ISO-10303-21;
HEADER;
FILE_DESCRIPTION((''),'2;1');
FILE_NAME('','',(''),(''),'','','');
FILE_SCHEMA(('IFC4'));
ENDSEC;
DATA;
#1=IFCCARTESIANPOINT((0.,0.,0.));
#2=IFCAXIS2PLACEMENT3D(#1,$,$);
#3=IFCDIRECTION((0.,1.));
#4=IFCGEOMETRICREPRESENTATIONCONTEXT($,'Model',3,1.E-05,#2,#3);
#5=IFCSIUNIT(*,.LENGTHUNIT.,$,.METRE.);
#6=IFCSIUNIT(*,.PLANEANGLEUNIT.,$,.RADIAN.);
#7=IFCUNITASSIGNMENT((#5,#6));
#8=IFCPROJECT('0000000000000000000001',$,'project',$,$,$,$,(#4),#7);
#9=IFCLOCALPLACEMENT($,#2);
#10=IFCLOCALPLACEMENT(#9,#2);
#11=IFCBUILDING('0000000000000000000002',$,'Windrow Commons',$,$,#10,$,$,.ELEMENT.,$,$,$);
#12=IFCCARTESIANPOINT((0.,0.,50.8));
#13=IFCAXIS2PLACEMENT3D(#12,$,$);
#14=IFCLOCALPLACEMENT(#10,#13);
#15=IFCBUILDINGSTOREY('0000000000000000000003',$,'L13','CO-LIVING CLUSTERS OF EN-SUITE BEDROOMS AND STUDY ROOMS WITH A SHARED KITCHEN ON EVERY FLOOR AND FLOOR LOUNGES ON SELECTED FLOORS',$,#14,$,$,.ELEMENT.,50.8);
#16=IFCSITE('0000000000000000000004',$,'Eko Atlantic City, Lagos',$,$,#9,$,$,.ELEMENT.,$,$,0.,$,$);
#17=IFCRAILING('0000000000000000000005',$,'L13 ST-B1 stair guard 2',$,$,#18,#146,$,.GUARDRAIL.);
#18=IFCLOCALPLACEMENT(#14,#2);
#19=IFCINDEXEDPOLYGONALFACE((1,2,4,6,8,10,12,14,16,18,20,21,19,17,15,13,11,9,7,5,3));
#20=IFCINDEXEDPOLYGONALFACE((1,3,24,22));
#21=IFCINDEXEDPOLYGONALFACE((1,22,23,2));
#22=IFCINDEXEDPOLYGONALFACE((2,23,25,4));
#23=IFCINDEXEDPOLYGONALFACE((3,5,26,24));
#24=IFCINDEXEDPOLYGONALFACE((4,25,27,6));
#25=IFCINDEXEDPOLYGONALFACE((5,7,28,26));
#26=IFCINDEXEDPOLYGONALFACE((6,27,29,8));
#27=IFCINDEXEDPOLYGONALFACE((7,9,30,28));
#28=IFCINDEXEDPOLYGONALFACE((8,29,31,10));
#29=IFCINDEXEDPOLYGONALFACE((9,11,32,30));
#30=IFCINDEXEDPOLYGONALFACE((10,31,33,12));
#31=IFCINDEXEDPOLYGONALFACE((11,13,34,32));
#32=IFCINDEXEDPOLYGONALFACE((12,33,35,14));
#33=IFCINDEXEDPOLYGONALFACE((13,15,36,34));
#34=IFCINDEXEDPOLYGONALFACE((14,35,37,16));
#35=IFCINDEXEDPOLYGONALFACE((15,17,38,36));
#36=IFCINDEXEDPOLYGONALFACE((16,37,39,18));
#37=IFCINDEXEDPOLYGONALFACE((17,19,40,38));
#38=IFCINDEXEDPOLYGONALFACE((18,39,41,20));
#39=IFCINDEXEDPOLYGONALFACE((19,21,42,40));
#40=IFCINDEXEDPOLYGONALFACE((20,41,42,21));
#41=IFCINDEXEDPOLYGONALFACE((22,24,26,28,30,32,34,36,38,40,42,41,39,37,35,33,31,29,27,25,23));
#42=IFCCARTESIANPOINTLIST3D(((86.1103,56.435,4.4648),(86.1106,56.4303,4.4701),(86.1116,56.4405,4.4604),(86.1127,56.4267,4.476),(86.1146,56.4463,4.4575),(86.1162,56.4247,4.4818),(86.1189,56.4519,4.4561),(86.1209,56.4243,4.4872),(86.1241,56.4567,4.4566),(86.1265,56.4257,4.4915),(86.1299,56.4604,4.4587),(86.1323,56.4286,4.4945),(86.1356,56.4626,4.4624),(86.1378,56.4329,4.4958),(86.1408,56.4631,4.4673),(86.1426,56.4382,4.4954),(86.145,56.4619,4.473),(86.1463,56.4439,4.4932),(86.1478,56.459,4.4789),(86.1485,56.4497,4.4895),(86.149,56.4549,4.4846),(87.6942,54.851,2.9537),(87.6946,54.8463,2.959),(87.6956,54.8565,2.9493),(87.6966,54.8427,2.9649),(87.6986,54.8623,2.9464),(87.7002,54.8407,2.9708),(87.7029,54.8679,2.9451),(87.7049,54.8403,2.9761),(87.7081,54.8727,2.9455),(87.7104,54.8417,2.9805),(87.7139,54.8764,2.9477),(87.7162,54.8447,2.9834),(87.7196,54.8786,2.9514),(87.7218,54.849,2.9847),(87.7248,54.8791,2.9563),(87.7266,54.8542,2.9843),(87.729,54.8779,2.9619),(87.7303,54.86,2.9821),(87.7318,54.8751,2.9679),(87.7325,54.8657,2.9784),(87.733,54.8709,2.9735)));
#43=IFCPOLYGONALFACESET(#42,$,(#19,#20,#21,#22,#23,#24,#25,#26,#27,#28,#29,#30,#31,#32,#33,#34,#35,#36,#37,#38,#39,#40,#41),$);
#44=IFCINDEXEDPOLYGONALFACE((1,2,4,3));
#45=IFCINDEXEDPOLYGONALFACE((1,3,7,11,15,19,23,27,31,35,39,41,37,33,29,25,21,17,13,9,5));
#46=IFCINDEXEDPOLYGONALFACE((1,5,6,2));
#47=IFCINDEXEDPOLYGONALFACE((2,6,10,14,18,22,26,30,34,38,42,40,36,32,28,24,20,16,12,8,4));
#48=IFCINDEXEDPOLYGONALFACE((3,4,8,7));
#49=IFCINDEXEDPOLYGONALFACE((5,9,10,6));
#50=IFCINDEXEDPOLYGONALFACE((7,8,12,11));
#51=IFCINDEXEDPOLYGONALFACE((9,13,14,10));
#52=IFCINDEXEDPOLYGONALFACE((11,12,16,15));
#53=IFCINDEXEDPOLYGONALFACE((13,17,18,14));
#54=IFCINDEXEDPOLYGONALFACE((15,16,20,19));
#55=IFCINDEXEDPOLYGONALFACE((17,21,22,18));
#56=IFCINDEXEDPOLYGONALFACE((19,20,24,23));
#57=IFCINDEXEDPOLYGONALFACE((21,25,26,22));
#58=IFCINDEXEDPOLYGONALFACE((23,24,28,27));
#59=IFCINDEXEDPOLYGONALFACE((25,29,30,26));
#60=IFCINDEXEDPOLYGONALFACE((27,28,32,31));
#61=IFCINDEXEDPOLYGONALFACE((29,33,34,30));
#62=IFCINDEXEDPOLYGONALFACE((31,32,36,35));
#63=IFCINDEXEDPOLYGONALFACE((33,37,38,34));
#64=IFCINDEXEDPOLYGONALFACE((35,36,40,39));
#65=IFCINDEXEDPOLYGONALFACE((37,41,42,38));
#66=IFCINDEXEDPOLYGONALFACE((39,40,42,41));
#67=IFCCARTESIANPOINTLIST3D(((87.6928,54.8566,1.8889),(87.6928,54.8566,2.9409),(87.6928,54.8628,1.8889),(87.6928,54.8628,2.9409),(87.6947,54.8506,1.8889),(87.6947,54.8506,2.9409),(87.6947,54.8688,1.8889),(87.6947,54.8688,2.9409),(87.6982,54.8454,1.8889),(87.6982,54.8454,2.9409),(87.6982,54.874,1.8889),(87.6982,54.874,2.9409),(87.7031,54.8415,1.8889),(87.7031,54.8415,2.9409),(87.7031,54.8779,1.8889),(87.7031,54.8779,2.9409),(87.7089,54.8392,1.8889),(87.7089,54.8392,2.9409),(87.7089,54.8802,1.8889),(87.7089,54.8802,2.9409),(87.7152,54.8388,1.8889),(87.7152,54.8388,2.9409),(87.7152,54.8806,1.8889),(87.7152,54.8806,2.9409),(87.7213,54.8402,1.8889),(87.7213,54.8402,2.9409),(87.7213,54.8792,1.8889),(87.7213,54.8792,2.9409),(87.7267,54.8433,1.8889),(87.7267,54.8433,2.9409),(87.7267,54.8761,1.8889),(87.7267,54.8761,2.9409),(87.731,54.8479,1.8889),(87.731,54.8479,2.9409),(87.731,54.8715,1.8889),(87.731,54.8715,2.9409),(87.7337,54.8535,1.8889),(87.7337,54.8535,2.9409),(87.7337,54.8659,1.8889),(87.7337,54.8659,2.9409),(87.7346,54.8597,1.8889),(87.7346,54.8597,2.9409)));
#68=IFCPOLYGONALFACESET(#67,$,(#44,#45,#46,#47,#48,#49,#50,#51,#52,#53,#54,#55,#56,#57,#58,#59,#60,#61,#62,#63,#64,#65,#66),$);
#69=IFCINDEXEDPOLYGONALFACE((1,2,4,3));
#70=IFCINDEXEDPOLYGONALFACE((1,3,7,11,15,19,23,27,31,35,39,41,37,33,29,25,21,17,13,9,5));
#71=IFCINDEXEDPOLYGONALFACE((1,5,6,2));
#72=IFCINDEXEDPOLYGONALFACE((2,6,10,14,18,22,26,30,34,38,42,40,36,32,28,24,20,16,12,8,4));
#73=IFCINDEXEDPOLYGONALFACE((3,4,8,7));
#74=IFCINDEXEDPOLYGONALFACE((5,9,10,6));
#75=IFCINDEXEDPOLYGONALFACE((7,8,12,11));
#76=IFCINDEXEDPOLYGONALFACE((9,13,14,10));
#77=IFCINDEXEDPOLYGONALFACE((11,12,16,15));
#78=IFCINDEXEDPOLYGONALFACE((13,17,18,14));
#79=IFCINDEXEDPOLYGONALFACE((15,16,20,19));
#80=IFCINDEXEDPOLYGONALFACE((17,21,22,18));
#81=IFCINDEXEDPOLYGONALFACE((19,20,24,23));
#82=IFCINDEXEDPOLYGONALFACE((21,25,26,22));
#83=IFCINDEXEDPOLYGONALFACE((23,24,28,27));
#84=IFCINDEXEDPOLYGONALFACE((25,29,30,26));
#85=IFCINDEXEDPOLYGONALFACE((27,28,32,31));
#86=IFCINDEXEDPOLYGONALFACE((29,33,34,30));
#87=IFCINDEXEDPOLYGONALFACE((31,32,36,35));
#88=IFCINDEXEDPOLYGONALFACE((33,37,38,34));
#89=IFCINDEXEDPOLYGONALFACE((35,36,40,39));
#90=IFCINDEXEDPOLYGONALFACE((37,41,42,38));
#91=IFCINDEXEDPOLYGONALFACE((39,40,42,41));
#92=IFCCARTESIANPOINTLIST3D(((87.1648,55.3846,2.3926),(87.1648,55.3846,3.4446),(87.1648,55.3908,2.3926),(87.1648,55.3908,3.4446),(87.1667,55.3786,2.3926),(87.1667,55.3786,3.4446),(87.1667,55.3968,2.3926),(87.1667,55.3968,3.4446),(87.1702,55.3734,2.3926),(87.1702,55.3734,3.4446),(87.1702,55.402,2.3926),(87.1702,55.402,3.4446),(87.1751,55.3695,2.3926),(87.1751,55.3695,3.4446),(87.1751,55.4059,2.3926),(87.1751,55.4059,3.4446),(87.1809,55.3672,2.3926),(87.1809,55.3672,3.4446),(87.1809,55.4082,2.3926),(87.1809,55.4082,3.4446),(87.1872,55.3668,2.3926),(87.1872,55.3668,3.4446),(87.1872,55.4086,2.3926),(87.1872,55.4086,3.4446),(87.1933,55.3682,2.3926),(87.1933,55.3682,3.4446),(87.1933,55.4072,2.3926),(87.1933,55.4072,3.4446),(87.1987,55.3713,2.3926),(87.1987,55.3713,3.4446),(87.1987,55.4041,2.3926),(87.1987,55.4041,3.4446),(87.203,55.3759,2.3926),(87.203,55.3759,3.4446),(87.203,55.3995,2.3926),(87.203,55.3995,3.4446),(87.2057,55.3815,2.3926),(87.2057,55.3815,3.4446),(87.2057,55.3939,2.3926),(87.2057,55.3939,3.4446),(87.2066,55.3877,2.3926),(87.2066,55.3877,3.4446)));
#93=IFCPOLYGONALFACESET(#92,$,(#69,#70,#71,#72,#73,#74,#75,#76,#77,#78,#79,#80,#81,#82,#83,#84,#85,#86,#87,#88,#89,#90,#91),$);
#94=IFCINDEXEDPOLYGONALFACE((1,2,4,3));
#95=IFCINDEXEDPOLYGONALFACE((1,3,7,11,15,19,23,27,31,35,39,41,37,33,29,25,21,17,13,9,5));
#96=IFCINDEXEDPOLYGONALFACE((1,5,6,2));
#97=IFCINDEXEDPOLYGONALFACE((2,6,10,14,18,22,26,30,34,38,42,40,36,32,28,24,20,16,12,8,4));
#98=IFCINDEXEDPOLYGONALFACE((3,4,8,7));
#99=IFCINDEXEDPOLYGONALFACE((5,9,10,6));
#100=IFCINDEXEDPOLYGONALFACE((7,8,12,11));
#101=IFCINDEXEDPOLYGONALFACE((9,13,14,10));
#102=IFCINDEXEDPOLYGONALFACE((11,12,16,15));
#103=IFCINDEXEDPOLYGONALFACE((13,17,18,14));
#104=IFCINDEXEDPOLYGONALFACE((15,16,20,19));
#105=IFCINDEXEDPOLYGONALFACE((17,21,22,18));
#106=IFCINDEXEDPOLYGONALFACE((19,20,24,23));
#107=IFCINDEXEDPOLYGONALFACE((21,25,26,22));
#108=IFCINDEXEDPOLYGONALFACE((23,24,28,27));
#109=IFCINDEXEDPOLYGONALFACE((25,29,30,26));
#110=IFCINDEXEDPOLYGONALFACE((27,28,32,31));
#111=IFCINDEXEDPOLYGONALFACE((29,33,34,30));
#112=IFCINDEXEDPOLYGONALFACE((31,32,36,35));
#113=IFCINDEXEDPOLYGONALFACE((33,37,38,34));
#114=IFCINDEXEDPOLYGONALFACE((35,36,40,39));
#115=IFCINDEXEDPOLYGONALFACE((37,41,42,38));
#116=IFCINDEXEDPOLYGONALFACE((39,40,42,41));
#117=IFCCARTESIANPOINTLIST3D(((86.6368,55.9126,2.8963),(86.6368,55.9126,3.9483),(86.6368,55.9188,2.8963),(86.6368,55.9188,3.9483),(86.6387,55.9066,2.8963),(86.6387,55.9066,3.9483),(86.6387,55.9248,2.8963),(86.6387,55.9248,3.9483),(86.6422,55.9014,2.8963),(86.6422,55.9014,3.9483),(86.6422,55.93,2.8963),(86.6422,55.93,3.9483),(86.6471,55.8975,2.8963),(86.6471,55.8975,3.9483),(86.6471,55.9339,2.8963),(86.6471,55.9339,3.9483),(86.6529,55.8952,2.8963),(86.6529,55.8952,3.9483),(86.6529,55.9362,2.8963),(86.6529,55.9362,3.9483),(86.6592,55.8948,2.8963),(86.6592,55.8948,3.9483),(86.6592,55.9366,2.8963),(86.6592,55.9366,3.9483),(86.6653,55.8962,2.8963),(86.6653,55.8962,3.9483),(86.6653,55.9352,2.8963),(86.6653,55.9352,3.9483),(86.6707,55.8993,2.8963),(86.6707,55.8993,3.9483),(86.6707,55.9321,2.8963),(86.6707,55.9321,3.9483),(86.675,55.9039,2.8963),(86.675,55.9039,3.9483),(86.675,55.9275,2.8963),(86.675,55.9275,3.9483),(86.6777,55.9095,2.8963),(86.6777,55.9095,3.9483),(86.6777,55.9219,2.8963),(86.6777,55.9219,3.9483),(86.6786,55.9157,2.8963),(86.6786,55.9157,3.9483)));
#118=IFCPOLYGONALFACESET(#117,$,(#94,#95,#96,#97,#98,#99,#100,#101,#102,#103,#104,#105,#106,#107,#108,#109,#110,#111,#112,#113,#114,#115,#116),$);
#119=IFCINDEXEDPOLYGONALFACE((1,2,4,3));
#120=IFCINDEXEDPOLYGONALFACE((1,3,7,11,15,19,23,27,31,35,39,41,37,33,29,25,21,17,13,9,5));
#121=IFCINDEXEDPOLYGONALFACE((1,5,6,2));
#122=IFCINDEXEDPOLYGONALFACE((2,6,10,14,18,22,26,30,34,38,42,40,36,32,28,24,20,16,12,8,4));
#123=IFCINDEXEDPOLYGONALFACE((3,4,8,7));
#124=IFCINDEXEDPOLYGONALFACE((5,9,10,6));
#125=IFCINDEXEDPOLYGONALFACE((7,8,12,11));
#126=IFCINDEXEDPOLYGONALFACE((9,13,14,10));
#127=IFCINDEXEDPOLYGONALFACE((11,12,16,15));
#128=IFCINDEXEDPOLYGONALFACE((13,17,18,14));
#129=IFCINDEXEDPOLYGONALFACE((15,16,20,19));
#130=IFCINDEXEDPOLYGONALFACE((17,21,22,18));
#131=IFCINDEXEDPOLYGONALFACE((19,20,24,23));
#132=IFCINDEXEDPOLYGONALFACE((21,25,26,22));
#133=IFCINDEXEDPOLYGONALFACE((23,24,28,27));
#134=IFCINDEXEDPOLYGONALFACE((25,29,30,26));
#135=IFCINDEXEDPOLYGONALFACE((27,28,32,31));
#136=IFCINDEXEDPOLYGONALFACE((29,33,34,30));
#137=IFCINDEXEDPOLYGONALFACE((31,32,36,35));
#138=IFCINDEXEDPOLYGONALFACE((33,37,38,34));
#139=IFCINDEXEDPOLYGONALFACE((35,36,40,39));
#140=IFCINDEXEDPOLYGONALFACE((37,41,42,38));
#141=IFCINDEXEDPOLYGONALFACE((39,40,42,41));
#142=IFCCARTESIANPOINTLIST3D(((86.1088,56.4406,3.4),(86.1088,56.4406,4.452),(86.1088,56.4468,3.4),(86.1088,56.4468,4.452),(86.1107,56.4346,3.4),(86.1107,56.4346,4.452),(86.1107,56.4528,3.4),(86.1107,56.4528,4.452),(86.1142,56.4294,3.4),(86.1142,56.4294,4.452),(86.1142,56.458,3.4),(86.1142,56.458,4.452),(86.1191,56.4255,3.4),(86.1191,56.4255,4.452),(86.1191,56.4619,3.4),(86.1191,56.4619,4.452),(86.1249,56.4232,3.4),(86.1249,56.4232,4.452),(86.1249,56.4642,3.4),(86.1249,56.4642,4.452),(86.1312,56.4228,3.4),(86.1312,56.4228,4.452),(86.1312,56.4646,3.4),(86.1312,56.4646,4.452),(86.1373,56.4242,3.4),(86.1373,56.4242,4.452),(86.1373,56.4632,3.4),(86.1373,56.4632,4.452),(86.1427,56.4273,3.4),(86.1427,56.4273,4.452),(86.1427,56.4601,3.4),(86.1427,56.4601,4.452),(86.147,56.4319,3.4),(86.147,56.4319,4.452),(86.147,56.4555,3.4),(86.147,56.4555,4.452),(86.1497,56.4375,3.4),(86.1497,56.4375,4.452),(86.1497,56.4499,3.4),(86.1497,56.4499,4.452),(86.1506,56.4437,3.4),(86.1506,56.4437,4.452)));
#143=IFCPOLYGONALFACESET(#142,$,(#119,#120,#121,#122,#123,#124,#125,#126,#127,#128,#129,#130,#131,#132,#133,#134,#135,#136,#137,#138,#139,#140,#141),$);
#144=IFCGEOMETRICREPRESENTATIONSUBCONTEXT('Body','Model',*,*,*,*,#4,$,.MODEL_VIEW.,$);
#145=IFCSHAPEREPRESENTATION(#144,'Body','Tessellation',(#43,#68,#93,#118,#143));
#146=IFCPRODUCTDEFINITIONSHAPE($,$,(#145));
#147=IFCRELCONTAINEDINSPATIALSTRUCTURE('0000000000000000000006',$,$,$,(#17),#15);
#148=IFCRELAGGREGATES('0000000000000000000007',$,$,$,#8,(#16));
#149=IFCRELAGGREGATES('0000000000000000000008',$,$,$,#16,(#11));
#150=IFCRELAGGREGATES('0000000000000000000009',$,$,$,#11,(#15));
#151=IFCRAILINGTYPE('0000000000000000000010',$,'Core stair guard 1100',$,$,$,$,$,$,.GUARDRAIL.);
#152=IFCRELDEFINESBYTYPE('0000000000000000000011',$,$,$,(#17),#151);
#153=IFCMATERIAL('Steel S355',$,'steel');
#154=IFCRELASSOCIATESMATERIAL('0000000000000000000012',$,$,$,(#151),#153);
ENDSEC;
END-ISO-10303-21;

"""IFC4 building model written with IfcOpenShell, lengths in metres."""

from ifc_helpers import new_model, si_unit, direction, frame, origin, origin_2d, place, context, subcontext, project, spatial, circle, extrude, material, type_object, element, save


model = new_model("IFC4")

# Units and contexts
model_context = context("Model", 3, precision=1e-05, world=origin(), true_north=direction((0.0, 1.0)))
body_context = subcontext(model_context, "Body", "Model", "MODEL_VIEW")
ifc_project = project(units=[si_unit("LENGTHUNIT", "METRE"), si_unit("PLANEANGLEUNIT", "RADIAN")], contexts=[model_context])

# Site, building, storey
site_placement = place(None, origin())
site = spatial("IfcSite", under=ifc_project, at=site_placement, Name="Eko Atlantic City, Lagos", CompositionType="ELEMENT", RefElevation=0.0)
building_placement = place(site_placement, origin())
building = spatial("IfcBuilding", under=site, at=building_placement, Name="Windrow Commons", CompositionType="ELEMENT")
storey_placement = place(building_placement, frame((0.0, 0.0, 50.8)))
storey = spatial("IfcBuildingStorey", under=building, at=storey_placement, Name="L13", Description="CO-LIVING CLUSTERS OF EN-SUITE BEDROOMS AND STUDY ROOMS WITH A SHARED KITCHEN ON EVERY FLOOR AND FLOOR LOUNGES ON SELECTED FLOORS", CompositionType="ELEMENT", Elevation=50.8)

# Railing
ifc_material_1 = material(Name="Steel S355", Category="steel")
railing_type_1 = type_object("IfcRailingType", Name="Core stair guard 1100", PredefinedType="GUARDRAIL", material=ifc_material_1)
railing_1_placement = place(storey_placement, frame((87.7136, 54.8597, 1.8889)))
element("IfcRailing", 1, at=railing_1_placement, inside=storey, type_object=railing_type_1, Name="L13 ST-B1 stair guard 2", PredefinedType="GUARDRAIL", context=body_context, shape_type="SweptSolid", body=[
    extrude(circle(Radius=0.024, at=origin_2d()), frame((0.0, 0.0, 1.076), z_axis=(-0.586203, 0.586203, 0.559224), x_axis=(-0.707107, -0.707107, 0.0)), (0.0, 0.0, 1.0), 2.7021),
    extrude(circle(Radius=0.021, at=origin_2d()), origin(), (0.0, 0.0, 1.0), 1.052),
    extrude(circle(Radius=0.021, at=origin_2d()), frame((-0.528, 0.528, 0.5037)), (0.0, 0.0, 1.0), 1.052),
    extrude(circle(Radius=0.021, at=origin_2d()), frame((-1.056, 1.056, 1.0074)), (0.0, 0.0, 1.0), 1.052),
    extrude(circle(Radius=0.021, at=origin_2d()), frame((-1.584, 1.584, 1.5111)), (0.0, 0.0, 1.0), 1.052),
])

save(model, "model.ifc")
